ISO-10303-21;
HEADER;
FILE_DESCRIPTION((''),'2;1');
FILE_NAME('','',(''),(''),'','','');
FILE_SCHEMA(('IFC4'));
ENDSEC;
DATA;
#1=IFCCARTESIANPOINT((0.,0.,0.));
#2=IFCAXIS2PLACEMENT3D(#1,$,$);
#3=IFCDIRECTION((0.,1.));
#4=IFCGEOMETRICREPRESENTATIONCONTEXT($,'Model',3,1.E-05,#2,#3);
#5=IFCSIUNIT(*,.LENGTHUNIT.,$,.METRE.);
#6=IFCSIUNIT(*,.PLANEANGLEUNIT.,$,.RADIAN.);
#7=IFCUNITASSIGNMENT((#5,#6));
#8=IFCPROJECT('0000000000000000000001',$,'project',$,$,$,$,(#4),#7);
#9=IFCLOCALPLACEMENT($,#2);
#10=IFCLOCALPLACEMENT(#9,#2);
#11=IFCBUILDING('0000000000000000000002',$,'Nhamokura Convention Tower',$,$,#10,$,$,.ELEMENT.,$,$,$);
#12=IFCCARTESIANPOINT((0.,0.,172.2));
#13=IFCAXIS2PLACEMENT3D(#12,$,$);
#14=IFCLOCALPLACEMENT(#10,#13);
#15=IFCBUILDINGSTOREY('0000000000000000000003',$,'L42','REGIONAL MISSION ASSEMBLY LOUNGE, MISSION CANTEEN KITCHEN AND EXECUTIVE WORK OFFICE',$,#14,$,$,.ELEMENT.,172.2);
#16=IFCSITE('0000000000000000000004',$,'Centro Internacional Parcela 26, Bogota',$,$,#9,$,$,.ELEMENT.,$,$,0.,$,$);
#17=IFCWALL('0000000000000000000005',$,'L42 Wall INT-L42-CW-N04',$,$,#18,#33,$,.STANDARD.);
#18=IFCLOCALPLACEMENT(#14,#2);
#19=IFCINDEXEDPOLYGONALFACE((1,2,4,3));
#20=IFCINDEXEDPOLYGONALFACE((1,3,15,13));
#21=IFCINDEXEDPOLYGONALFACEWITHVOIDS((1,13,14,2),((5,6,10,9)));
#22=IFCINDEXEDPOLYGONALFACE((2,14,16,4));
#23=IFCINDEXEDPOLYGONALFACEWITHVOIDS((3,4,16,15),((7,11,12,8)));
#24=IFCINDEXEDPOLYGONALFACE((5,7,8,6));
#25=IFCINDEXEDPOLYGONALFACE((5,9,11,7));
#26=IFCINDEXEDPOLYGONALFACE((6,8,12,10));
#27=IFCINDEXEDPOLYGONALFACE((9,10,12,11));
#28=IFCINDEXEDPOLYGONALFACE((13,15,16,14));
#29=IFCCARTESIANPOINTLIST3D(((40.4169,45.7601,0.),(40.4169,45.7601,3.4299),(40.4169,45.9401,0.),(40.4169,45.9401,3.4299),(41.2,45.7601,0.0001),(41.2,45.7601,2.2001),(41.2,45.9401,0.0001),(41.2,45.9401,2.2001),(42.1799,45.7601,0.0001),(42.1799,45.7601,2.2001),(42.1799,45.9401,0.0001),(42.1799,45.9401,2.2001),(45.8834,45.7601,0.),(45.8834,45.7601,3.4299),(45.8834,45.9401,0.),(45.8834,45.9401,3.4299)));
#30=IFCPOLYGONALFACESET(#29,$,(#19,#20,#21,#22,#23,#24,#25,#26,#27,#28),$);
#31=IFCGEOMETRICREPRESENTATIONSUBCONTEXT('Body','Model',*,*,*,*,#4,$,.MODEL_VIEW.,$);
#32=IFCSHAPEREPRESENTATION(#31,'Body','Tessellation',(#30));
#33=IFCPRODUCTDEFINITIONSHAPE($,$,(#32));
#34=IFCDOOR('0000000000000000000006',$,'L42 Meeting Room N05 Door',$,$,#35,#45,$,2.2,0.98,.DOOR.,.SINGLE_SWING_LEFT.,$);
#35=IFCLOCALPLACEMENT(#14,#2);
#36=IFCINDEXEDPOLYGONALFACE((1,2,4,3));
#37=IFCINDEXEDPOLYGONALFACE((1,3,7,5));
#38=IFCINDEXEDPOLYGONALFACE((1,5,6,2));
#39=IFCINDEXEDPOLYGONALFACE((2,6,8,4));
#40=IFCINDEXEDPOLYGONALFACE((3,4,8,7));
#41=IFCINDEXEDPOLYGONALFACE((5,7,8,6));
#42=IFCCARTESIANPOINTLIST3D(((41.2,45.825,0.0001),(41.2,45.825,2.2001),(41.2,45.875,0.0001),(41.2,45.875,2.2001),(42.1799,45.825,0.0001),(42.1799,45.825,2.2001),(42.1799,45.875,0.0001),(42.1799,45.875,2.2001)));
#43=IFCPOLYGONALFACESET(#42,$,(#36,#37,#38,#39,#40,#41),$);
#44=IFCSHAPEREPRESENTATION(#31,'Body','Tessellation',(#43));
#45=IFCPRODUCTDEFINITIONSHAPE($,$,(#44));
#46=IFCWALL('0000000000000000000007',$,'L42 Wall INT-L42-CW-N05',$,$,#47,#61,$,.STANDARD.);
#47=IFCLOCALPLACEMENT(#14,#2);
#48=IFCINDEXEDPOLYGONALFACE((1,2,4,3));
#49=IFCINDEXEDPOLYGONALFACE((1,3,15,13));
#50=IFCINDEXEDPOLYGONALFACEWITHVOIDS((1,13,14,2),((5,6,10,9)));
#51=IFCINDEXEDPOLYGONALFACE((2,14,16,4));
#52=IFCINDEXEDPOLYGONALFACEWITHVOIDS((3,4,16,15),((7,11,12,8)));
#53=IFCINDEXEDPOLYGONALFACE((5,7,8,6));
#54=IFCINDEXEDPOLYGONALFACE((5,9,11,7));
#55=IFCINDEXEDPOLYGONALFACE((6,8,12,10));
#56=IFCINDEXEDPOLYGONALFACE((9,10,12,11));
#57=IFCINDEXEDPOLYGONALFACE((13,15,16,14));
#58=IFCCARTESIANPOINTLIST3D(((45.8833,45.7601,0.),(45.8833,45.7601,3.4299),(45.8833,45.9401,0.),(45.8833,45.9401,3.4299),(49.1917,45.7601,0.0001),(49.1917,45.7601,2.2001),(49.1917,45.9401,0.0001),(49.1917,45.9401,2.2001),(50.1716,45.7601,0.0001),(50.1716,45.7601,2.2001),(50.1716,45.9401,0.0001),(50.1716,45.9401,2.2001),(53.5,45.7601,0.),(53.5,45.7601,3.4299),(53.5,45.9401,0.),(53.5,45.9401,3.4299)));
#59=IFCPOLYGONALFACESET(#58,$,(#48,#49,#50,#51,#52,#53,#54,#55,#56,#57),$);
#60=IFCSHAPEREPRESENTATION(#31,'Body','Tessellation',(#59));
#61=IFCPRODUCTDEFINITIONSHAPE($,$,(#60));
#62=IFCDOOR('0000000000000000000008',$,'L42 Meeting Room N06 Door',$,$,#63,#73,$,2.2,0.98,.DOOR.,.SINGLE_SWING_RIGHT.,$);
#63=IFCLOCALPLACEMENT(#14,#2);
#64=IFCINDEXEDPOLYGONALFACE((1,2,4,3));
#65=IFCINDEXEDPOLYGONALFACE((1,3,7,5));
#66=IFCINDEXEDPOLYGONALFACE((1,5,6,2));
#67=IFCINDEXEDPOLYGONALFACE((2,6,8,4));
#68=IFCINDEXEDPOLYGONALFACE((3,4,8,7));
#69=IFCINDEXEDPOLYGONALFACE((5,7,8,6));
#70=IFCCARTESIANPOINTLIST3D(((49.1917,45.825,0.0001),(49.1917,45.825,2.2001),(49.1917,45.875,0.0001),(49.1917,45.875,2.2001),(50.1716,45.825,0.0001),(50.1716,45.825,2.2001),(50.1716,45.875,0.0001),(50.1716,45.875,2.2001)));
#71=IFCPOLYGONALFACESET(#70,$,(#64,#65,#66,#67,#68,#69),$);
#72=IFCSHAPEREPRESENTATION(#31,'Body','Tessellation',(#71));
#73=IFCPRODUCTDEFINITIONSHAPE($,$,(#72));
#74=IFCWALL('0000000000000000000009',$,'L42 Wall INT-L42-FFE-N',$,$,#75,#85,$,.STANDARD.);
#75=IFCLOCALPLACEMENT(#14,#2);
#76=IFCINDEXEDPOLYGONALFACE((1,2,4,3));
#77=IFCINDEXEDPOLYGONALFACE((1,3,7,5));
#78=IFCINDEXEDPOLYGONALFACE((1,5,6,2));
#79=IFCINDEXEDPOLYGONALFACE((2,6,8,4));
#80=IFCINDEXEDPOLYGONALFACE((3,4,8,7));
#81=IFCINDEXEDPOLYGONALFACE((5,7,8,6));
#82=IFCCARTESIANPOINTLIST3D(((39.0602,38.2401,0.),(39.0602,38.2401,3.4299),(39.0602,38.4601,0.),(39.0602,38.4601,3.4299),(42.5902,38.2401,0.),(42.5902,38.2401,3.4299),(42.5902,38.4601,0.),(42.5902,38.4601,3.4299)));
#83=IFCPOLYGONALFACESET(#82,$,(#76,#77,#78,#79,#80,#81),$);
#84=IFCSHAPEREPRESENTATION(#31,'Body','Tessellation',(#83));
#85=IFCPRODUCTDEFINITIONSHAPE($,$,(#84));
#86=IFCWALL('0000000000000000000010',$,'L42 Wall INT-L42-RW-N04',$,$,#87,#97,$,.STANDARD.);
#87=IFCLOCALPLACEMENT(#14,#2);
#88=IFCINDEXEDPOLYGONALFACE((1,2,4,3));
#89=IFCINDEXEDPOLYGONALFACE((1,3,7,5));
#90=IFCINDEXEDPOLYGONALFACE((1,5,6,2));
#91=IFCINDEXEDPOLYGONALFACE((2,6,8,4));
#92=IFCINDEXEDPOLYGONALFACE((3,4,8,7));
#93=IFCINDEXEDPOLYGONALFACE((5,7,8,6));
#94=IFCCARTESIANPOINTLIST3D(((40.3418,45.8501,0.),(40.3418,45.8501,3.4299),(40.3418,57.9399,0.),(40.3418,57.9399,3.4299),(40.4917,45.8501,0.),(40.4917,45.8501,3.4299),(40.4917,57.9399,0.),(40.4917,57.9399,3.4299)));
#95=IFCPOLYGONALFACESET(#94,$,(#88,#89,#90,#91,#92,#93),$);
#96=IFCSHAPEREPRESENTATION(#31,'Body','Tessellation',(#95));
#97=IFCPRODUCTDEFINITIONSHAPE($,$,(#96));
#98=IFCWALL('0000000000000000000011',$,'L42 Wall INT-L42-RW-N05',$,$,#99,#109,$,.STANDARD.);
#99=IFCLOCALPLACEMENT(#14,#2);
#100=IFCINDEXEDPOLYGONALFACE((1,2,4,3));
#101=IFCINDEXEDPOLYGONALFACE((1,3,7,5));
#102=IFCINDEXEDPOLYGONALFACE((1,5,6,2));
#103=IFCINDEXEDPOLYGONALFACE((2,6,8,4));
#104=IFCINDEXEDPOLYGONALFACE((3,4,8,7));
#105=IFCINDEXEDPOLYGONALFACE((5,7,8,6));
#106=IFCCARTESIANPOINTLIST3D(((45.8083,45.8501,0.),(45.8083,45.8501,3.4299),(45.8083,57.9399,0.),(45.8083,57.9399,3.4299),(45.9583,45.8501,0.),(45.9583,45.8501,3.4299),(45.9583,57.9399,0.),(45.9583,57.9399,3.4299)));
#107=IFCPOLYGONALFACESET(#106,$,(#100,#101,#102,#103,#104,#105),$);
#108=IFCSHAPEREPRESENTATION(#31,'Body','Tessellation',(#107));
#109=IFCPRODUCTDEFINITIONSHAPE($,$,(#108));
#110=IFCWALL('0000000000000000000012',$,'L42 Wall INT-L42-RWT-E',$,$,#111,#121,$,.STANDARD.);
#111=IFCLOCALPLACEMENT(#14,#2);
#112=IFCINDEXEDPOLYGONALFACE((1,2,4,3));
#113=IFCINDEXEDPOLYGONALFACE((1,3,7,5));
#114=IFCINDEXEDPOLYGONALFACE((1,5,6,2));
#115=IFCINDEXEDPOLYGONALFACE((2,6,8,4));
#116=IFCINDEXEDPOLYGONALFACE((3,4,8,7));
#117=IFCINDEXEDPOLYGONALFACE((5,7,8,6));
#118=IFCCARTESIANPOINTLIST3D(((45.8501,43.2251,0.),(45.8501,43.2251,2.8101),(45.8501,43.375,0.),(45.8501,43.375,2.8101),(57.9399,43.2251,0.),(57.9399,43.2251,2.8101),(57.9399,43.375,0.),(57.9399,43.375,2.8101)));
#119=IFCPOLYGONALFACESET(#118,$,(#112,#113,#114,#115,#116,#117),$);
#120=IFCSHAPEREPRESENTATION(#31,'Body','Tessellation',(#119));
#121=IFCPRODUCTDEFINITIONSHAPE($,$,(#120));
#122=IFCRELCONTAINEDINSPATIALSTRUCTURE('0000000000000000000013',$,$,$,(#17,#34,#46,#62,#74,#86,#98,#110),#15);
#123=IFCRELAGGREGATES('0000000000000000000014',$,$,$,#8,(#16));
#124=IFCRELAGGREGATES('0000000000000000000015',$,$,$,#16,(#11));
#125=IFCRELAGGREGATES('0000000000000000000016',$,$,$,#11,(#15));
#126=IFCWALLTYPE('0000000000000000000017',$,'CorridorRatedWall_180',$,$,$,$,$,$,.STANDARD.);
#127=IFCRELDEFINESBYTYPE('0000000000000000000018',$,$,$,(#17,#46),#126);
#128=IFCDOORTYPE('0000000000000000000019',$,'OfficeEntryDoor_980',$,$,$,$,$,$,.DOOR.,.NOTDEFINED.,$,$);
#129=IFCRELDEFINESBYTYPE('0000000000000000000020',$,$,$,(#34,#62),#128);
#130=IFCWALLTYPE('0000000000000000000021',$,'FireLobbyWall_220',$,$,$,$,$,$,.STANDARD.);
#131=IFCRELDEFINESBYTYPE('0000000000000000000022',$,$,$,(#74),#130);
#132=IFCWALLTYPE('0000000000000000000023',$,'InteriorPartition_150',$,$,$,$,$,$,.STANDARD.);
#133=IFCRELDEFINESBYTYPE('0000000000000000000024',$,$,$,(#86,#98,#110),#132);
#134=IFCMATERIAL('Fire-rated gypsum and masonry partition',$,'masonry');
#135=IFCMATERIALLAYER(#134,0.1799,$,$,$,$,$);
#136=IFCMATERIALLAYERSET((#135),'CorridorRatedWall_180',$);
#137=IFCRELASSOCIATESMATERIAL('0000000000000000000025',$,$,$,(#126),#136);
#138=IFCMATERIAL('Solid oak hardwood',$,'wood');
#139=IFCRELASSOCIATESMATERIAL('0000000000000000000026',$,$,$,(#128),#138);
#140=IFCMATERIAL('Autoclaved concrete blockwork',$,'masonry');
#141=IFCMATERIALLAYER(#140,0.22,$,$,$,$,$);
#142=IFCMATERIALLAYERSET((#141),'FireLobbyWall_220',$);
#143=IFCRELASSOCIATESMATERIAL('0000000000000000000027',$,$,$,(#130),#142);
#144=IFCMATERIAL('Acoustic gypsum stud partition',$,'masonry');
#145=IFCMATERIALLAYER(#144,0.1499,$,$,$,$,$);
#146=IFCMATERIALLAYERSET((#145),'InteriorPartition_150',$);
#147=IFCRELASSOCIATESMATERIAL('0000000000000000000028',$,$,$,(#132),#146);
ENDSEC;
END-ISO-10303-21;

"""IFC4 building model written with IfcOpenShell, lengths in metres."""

from ifc_helpers import new_model, si_unit, direction, frame, frame_2d, origin, place, context, subcontext, project, spatial, rectangle, extrude, material, layer, layer_set, type_object, element, fill, save


model = new_model("IFC4")

# Units and contexts
model_context = context("Model", 3, precision=1e-05, world=origin(), true_north=direction((0.0, 1.0)))
body_context = subcontext(model_context, "Body", "Model", "MODEL_VIEW")
ifc_project = project(units=[si_unit("LENGTHUNIT", "METRE"), si_unit("PLANEANGLEUNIT", "RADIAN")], contexts=[model_context])

# Site, building, storey
site_placement = place(None, origin())
site = spatial("IfcSite", under=ifc_project, at=site_placement, Name="Centro Internacional Parcela 26, Bogota", CompositionType="ELEMENT", RefElevation=0.0)
building_placement = place(site_placement, origin())
building = spatial("IfcBuilding", under=site, at=building_placement, Name="Nhamokura Convention Tower", CompositionType="ELEMENT")
storey_placement = place(building_placement, frame((0.0, 0.0, 172.2)))
storey = spatial("IfcBuildingStorey", under=building, at=storey_placement, Name="L42", Description="REGIONAL MISSION ASSEMBLY LOUNGE, MISSION CANTEEN KITCHEN AND EXECUTIVE WORK OFFICE", CompositionType="ELEMENT", Elevation=172.2)

# Walls, openings, doors
ifc_material_1 = material(Name="Fire-rated gypsum and masonry partition", Category="masonry")
ifc_layer_1 = layer(ifc_material_1, 0.1799)
ifc_layer_set_1 = layer_set([ifc_layer_1], Name="CorridorRatedWall_180")
wall_type_1 = type_object("IfcWallType", Name="CorridorRatedWall_180", PredefinedType="STANDARD", material=ifc_layer_set_1)
wall_1_placement = place(storey_placement, frame((40.4167, 45.8501, 0.0), z_axis=(0.0, 0.0, 1.0), x_axis=(1.0, 0.0, 0.0)))
wall_1 = element("IfcWall", 1, at=wall_1_placement, inside=storey, type_object=wall_type_1, Name="L42 Wall INT-L42-CW-N04", PredefinedType="STANDARD", context=body_context, shape_type="SweptSolid", body=[
    extrude(rectangle(XDim=5.4666, YDim=0.1799, at=frame_2d((2.7334, 0.0))), origin(), (0.0, 0.0, 1.0), 3.4299),
])
opening_1_placement = place(wall_1_placement, frame((0.7832, 0.0, 0.0)))
opening_1 = element("IfcOpeningElement", 2, at=opening_1_placement, cuts=wall_1, PredefinedType="OPENING", context=body_context, shape_type="SweptSolid", body=[
    extrude(rectangle(XDim=0.98, YDim=2.2, at=frame_2d((0.49, 1.1001))), frame((0.0, 0.0999, 0.0), z_axis=(0.0, -1.0, 0.0), x_axis=(1.0, 0.0, 0.0)), (0.0, 0.0, 1.0), 0.2),
])
ifc_material_2 = material(Name="Solid oak hardwood", Category="wood")
door_type = type_object("IfcDoorType", Name="OfficeEntryDoor_980", OperationType="NOTDEFINED", PredefinedType="DOOR", material=ifc_material_2)
door_1_placement = place(opening_1_placement, origin())
door_1 = element("IfcDoor", 3, at=door_1_placement, inside=storey, type_object=door_type, Name="L42 Meeting Room N05 Door", OperationType="SINGLE_SWING_LEFT", OverallHeight=2.2, OverallWidth=0.98, PredefinedType="DOOR", context=body_context, shape_type="SweptSolid", body=[
    extrude(rectangle(XDim=0.98, YDim=2.2, at=frame_2d((0.49, 1.1001))), frame((0.0, 0.0249, 0.0), z_axis=(0.0, -1.0, 0.0), x_axis=(1.0, 0.0, 0.0)), (0.0, 0.0, 1.0), 0.05),
])
fill(opening_1, door_1)
wall_2_placement = place(storey_placement, frame((45.8833, 45.8501, 0.0), z_axis=(0.0, 0.0, 1.0), x_axis=(1.0, 0.0, 0.0)))
wall_2 = element("IfcWall", 4, at=wall_2_placement, inside=storey, type_object=wall_type_1, Name="L42 Wall INT-L42-CW-N05", PredefinedType="STANDARD", context=body_context, shape_type="SweptSolid", body=[
    extrude(rectangle(XDim=7.6167, YDim=0.1799, at=frame_2d((3.8083, 0.0))), origin(), (0.0, 0.0, 1.0), 3.4299),
])
opening_2_placement = place(wall_2_placement, frame((3.3083, 0.0, 0.0)))
opening_2 = element("IfcOpeningElement", 5, at=opening_2_placement, cuts=wall_2, PredefinedType="OPENING", context=body_context, shape_type="SweptSolid", body=[
    extrude(rectangle(XDim=0.98, YDim=2.2, at=frame_2d((0.49, 1.1001))), frame((0.0, 0.0999, 0.0), z_axis=(0.0, -1.0, 0.0), x_axis=(1.0, 0.0, 0.0)), (0.0, 0.0, 1.0), 0.2),
])
door_2_placement = place(opening_2_placement, origin())
door_2 = element("IfcDoor", 6, at=door_2_placement, inside=storey, type_object=door_type, Name="L42 Meeting Room N06 Door", OperationType="SINGLE_SWING_RIGHT", OverallHeight=2.2, OverallWidth=0.98, PredefinedType="DOOR", context=body_context, shape_type="SweptSolid", body=[
    extrude(rectangle(XDim=0.98, YDim=2.2, at=frame_2d((0.49, 1.1001))), frame((0.0, 0.0249, 0.0), z_axis=(0.0, -1.0, 0.0), x_axis=(1.0, 0.0, 0.0)), (0.0, 0.0, 1.0), 0.05),
])
fill(opening_2, door_2)

# Walls
ifc_material_3 = material(Name="Autoclaved concrete blockwork", Category="masonry")
ifc_layer_2 = layer(ifc_material_3, 0.22)
ifc_layer_set_2 = layer_set([ifc_layer_2], Name="FireLobbyWall_220")
wall_type_2 = type_object("IfcWallType", Name="FireLobbyWall_220", PredefinedType="STANDARD", material=ifc_layer_set_2)
wall_3_placement = place(storey_placement, frame((39.0601, 38.3501, 0.0), z_axis=(0.0, 0.0, 1.0), x_axis=(1.0, 0.0, 0.0)))
element("IfcWall", 7, at=wall_3_placement, inside=storey, type_object=wall_type_2, Name="L42 Wall INT-L42-FFE-N", PredefinedType="STANDARD", context=body_context, shape_type="SweptSolid", body=[
    extrude(rectangle(XDim=3.53, YDim=0.22, at=frame_2d((1.7651, 0.0))), origin(), (0.0, 0.0, 1.0), 3.4299),
])
ifc_material_4 = material(Name="Acoustic gypsum stud partition", Category="masonry")
ifc_layer_3 = layer(ifc_material_4, 0.1499)
ifc_layer_set_3 = layer_set([ifc_layer_3], Name="InteriorPartition_150")
wall_type_3 = type_object("IfcWallType", Name="InteriorPartition_150", PredefinedType="STANDARD", material=ifc_layer_set_3)
for number, where, z_axis, x_axis, name in (
    (8, (40.4167, 45.8501, 0.0), (0.0, 0.0, 1.0), (0.0, 1.0, 0.0), "L42 Wall INT-L42-RW-N04"),
    (9, (45.8833, 45.8501, 0.0), (0.0, 0.0, 1.0), (0.0, 1.0, 0.0), "L42 Wall INT-L42-RW-N05"),
):
    element("IfcWall", number, at=place(storey_placement, frame(where, z_axis=z_axis, x_axis=x_axis)), inside=storey, type_object=wall_type_3, Name=name, PredefinedType="STANDARD", context=body_context, shape_type="SweptSolid", body=[
        extrude(rectangle(XDim=12.0898, YDim=0.1499, at=frame_2d((6.0449, 0.0))), origin(), (0.0, 0.0, 1.0), 3.4299),
    ])
wall_4_placement = place(storey_placement, frame((45.8501, 43.3, 0.0), z_axis=(0.0, 0.0, 1.0), x_axis=(1.0, 0.0, 0.0)))
element("IfcWall", 10, at=wall_4_placement, inside=storey, type_object=wall_type_3, Name="L42 Wall INT-L42-RWT-E", PredefinedType="STANDARD", context=body_context, shape_type="SweptSolid", body=[
    extrude(rectangle(XDim=12.0898, YDim=0.1499, at=frame_2d((6.0449, 0.0))), origin(), (0.0, 0.0, 1.0), 2.8101),
])

save(model, "model.ifc")
